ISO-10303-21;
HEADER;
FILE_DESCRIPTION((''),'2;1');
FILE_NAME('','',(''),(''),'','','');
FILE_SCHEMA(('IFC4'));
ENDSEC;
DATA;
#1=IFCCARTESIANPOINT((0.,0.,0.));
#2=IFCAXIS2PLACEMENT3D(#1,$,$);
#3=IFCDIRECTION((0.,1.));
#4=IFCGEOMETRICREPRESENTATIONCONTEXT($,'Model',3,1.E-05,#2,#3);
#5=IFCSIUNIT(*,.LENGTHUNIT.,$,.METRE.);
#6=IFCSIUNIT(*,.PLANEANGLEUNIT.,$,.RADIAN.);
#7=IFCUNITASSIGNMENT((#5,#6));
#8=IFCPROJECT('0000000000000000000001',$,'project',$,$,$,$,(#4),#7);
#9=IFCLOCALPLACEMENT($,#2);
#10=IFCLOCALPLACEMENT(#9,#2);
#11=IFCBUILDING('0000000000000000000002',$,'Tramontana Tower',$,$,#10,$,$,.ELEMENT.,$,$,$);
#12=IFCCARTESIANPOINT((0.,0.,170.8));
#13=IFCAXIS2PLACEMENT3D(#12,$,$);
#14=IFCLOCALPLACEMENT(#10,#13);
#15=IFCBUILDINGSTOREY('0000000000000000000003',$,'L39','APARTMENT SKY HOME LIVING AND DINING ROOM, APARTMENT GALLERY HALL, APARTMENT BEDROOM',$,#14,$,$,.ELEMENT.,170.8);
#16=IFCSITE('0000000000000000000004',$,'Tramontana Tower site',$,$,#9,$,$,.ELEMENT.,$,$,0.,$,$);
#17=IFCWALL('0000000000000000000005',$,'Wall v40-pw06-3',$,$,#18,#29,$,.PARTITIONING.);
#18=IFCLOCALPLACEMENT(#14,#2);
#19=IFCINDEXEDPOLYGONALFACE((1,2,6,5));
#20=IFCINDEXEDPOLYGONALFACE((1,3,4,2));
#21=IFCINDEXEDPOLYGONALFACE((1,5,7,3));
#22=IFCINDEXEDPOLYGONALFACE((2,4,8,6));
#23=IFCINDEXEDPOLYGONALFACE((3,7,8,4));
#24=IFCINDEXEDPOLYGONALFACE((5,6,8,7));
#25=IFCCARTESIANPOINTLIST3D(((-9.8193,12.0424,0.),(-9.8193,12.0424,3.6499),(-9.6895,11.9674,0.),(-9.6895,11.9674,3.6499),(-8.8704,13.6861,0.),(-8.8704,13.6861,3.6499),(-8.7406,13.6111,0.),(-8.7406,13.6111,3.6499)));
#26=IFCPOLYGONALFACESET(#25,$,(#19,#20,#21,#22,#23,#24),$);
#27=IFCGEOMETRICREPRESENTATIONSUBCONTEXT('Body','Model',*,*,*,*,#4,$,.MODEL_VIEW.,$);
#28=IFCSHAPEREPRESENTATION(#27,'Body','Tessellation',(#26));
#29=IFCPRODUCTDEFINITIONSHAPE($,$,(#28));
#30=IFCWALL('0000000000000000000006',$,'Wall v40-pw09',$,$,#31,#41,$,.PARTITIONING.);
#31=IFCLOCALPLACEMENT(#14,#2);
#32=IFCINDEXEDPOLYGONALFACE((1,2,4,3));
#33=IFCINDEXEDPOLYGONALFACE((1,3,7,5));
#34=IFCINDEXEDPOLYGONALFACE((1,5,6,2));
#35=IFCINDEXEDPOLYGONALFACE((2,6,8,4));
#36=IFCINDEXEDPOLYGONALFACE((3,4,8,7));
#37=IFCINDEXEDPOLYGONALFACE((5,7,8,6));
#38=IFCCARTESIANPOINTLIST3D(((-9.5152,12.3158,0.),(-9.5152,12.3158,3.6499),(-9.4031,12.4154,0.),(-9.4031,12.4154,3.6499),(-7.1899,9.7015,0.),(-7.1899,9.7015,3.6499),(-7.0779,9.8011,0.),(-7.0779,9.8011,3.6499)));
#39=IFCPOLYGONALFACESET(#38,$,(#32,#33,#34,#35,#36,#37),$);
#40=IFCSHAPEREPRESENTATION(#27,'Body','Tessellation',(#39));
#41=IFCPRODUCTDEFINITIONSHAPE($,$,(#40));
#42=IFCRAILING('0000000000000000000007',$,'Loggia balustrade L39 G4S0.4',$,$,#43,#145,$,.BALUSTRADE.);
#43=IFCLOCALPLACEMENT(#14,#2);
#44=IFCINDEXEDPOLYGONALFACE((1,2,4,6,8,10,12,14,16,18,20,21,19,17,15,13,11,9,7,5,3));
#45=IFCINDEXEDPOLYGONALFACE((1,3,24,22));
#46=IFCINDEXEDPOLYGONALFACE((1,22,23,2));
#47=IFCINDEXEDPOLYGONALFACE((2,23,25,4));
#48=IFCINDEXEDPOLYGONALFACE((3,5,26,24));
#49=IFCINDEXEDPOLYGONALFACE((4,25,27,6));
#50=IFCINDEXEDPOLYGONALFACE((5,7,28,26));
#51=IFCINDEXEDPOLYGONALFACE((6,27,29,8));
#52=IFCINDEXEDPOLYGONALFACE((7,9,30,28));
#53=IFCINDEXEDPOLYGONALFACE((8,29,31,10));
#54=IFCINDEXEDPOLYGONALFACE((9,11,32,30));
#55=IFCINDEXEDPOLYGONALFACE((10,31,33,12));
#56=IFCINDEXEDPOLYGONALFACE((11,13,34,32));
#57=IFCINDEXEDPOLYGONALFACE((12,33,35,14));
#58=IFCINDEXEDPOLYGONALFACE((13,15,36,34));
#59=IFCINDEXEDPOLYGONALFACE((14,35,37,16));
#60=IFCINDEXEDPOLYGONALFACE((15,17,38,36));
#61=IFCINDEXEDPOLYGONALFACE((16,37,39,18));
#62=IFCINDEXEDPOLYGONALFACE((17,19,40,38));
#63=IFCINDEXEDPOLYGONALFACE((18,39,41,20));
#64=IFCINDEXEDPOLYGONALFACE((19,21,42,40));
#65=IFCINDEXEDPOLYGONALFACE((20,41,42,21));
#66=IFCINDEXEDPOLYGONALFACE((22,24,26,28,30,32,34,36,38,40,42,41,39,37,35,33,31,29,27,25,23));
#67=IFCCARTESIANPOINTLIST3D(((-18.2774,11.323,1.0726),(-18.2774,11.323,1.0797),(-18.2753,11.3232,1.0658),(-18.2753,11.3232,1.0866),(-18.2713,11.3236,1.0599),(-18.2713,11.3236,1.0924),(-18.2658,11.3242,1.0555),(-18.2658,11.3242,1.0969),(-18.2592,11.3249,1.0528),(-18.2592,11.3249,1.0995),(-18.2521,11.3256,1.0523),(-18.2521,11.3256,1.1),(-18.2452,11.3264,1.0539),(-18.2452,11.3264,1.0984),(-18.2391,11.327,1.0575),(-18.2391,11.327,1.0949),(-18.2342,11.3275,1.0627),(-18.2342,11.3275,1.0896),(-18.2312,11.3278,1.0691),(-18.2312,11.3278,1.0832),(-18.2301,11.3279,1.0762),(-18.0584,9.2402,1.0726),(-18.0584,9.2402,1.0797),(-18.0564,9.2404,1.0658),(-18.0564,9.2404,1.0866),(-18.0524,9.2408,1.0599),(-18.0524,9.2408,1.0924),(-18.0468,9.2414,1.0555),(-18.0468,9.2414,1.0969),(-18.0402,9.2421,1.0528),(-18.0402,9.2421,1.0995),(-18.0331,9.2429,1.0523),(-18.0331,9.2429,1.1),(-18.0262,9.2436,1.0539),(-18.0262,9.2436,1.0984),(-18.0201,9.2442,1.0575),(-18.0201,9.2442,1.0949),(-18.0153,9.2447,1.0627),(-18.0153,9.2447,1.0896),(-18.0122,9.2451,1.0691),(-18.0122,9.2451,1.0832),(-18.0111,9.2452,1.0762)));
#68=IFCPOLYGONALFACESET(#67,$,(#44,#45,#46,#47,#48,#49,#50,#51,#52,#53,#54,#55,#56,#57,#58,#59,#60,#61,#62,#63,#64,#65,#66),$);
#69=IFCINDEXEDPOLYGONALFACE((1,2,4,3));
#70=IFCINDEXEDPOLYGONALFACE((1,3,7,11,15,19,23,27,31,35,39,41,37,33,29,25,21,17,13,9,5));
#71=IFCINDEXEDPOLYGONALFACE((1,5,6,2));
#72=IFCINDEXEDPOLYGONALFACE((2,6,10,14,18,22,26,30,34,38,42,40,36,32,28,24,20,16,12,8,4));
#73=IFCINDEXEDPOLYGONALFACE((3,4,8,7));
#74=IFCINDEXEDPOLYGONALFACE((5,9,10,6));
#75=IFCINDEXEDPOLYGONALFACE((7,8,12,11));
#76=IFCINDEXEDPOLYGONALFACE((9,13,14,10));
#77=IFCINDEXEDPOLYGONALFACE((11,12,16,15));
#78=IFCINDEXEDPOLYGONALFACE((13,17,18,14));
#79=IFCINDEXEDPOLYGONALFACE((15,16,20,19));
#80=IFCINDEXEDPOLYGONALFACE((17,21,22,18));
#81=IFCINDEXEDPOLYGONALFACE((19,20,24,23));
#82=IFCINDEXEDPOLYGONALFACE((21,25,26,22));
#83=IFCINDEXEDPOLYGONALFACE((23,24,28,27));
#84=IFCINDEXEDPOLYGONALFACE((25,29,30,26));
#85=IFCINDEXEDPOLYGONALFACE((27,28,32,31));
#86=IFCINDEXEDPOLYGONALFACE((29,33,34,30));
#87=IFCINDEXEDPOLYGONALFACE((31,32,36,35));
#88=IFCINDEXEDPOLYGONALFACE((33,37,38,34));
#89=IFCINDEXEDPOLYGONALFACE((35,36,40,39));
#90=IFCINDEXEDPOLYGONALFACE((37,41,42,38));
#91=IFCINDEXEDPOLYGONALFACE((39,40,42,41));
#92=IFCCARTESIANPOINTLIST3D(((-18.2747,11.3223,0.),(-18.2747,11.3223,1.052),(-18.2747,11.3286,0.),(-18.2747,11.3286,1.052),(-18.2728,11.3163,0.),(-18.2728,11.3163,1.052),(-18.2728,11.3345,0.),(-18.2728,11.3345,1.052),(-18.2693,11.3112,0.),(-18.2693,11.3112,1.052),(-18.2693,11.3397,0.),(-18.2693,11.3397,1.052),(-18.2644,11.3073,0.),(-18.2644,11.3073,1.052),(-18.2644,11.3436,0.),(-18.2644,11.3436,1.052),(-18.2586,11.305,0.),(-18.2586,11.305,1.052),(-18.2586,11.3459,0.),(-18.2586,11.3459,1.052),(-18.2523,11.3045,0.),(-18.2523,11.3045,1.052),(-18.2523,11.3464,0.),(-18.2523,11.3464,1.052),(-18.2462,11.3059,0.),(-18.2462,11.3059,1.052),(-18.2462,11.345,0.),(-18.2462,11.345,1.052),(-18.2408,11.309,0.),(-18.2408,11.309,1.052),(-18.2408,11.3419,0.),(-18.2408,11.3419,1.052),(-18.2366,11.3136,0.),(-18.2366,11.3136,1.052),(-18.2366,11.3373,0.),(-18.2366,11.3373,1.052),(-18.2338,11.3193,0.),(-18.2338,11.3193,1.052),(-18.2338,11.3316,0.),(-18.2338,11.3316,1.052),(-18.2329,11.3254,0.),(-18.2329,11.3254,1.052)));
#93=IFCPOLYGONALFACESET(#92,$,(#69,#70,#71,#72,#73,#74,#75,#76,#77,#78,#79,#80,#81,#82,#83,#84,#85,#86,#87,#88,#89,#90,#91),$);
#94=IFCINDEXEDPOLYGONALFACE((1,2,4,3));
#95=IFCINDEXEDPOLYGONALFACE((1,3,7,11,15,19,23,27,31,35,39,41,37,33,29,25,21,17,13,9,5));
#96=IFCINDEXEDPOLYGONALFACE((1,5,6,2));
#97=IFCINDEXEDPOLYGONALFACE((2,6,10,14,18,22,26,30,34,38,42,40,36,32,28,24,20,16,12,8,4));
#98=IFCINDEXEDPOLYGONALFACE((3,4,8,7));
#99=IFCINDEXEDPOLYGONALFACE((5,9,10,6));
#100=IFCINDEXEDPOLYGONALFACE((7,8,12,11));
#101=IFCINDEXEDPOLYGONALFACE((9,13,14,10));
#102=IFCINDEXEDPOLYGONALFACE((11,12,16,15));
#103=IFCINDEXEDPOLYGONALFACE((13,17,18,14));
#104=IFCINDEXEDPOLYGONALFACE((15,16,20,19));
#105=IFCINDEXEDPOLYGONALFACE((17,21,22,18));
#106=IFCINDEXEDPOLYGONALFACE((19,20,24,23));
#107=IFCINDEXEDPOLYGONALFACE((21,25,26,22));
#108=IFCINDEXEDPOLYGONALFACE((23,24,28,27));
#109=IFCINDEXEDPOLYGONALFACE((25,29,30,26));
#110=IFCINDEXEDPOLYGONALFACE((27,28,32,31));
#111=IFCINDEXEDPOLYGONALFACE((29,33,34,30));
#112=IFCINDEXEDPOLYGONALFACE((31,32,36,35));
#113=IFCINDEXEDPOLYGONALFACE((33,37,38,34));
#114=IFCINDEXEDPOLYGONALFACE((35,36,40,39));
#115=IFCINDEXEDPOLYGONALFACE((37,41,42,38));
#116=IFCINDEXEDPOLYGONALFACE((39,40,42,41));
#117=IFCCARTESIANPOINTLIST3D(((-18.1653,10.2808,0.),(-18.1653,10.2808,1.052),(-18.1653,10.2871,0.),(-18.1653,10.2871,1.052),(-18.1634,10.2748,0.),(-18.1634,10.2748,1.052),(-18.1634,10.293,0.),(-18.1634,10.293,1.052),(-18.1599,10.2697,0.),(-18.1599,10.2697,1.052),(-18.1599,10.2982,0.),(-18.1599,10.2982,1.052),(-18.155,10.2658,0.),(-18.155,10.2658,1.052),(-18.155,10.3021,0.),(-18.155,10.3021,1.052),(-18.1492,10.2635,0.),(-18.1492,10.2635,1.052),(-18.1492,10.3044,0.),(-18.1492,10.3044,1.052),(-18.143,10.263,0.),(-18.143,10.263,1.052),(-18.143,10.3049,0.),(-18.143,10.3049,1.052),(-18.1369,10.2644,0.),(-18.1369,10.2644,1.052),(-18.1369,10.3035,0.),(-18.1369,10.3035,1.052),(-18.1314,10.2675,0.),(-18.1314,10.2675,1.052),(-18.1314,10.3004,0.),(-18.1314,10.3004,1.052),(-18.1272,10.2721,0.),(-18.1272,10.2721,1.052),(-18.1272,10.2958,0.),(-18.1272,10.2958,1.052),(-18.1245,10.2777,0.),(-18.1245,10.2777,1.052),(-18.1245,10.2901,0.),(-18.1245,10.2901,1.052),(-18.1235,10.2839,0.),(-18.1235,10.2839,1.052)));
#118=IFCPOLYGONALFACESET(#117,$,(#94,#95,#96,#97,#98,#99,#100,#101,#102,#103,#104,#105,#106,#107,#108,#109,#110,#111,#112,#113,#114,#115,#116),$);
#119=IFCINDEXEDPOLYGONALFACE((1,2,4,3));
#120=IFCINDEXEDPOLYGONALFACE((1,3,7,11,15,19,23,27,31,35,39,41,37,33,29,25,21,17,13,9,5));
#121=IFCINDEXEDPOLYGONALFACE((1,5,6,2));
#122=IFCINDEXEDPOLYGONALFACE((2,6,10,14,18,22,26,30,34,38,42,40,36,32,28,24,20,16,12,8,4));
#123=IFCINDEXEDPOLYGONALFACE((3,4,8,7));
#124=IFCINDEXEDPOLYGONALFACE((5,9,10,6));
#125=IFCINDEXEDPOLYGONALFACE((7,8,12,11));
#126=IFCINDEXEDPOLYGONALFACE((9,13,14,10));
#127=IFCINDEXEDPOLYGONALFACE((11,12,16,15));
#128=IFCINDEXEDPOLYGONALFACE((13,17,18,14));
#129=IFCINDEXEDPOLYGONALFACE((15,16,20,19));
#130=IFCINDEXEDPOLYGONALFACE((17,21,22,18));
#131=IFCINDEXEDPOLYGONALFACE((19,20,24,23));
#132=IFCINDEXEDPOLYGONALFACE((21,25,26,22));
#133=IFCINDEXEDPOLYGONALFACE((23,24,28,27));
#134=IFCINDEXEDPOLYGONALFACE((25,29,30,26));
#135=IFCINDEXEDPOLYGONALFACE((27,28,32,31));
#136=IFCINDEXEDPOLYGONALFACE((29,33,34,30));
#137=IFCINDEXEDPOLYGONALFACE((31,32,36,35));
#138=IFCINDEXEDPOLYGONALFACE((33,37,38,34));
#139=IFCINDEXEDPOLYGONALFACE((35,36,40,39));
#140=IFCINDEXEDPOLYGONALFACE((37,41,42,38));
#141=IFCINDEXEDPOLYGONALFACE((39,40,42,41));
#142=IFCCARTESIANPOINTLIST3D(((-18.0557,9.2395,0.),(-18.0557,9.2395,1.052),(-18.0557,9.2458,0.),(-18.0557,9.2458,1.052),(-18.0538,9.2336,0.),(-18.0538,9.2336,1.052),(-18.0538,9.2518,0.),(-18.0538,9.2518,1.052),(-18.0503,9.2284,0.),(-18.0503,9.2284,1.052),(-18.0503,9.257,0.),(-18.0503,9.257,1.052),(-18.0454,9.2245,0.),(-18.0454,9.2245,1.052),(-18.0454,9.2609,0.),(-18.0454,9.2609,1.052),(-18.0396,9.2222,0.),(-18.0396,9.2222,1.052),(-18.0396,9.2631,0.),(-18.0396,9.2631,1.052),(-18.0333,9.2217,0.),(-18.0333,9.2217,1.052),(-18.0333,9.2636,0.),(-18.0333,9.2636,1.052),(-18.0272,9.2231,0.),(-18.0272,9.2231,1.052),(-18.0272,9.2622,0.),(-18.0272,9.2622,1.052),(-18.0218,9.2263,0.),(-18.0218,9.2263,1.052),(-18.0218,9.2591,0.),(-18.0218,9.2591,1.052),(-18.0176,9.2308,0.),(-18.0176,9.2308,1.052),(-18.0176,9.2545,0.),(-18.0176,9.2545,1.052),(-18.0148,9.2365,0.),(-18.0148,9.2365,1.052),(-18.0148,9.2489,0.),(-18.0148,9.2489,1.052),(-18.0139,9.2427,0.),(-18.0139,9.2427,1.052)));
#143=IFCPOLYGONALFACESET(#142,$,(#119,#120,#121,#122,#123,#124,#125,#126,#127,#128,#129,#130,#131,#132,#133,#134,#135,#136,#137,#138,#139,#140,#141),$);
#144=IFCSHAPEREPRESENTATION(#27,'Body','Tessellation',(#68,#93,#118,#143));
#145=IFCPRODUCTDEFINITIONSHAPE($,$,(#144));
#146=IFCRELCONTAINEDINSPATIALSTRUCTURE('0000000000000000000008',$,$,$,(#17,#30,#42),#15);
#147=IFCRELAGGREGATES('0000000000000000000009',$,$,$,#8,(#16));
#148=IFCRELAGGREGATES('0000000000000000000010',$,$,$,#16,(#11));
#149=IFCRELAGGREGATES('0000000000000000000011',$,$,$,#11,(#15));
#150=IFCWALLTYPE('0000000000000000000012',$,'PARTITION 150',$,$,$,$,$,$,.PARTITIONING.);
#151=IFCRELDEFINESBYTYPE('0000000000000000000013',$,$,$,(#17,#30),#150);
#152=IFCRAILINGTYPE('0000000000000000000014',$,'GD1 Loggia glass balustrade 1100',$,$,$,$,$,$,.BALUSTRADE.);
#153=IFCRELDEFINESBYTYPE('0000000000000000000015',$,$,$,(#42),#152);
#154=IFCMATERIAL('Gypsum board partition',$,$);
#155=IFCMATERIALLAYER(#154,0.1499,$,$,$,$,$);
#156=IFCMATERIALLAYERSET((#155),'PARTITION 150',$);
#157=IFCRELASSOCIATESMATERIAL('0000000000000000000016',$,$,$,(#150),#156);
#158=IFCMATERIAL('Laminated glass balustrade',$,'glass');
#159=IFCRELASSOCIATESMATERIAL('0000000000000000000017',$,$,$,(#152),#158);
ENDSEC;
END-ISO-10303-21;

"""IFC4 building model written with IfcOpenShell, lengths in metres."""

from ifc_helpers import new_model, si_unit, direction, frame, frame_2d, origin, origin_2d, place, context, subcontext, project, spatial, rectangle, circle, extrude, material, layer, layer_set, type_object, element, save


model = new_model("IFC4")

# Units and contexts
model_context = context("Model", 3, precision=1e-05, world=origin(), true_north=direction((0.0, 1.0)))
body_context = subcontext(model_context, "Body", "Model", "MODEL_VIEW")
ifc_project = project(units=[si_unit("LENGTHUNIT", "METRE"), si_unit("PLANEANGLEUNIT", "RADIAN")], contexts=[model_context])

# Site, building, storey
site_placement = place(None, origin())
site = spatial("IfcSite", under=ifc_project, at=site_placement, Name="Tramontana Tower site", CompositionType="ELEMENT", RefElevation=0.0)
building_placement = place(site_placement, origin())
building = spatial("IfcBuilding", under=site, at=building_placement, Name="Tramontana Tower", CompositionType="ELEMENT")
storey_placement = place(building_placement, frame((0.0, 0.0, 170.8)))
storey = spatial("IfcBuildingStorey", under=building, at=storey_placement, Name="L39", Description="APARTMENT SKY HOME LIVING AND DINING ROOM, APARTMENT GALLERY HALL, APARTMENT BEDROOM", CompositionType="ELEMENT", Elevation=170.8)

# Walls
ifc_material_1 = material(Name="Gypsum board partition")
ifc_layer_1 = layer(ifc_material_1, 0.1499)
ifc_layer_set_1 = layer_set([ifc_layer_1], Name="PARTITION 150")
wall_type_1 = type_object("IfcWallType", Name="PARTITION 150", PredefinedType="PARTITIONING", material=ifc_layer_set_1)
wall_1_placement = place(storey_placement, frame((-9.7544, 12.0049, 0.0), z_axis=(0.0, 0.0, 1.0), x_axis=(0.499971, 0.866042, 0.0)))
element("IfcWall", 1, at=wall_1_placement, inside=storey, type_object=wall_type_1, Name="Wall v40-pw06-3", PredefinedType="PARTITIONING", context=body_context, shape_type="SweptSolid", body=[
    extrude(rectangle(XDim=1.8979, YDim=0.1499, at=frame_2d((0.949, 0.0))), origin(), (0.0, 0.0, 1.0), 3.6499),
])
wall_2_placement = place(storey_placement, frame((-9.4592, 12.3657, 0.0), z_axis=(0.0, 0.0, 1.0), x_axis=(0.664589, -0.747209, 0.0)))
element("IfcWall", 2, at=wall_2_placement, inside=storey, type_object=wall_type_1, Name="Wall v40-pw09", PredefinedType="PARTITIONING", context=body_context, shape_type="SweptSolid", body=[
    extrude(rectangle(XDim=3.4988, YDim=0.1499, at=frame_2d((1.7495, 0.0))), origin(), (0.0, 0.0, 1.0), 3.6499),
])

# Railing
ifc_material_2 = material(Name="Laminated glass balustrade", Category="glass")
railing_type = type_object("IfcRailingType", Name="GD1 Loggia glass balustrade 1100", PredefinedType="BALUSTRADE", material=ifc_material_2)
railing_1_placement = place(storey_placement, frame((-18.2539, 11.3254, 0.0)))
element("IfcRailing", 3, at=railing_1_placement, inside=storey, type_object=railing_type, Name="Loggia balustrade L39 G4S0.4", PredefinedType="BALUSTRADE", context=body_context, shape_type="SweptSolid", body=[
    extrude(circle(Radius=0.0239, at=origin_2d()), frame((0.0, 0.0, 1.0762), z_axis=(0.104569, -0.994518, 0.0), x_axis=(0.994518, 0.104569, 0.0)), (0.0, 0.0, 1.0), 2.0942),
    extrude(circle(Radius=0.021, at=origin_2d()), origin(), (0.0, 0.0, 1.0), 1.052),
    extrude(circle(Radius=0.021, at=origin_2d()), frame((0.1094, -1.0415, 0.0)), (0.0, 0.0, 1.0), 1.052),
    extrude(circle(Radius=0.021, at=origin_2d()), frame((0.219, -2.0828, 0.0)), (0.0, 0.0, 1.0), 1.052),
])

save(model, "model.ifc")
